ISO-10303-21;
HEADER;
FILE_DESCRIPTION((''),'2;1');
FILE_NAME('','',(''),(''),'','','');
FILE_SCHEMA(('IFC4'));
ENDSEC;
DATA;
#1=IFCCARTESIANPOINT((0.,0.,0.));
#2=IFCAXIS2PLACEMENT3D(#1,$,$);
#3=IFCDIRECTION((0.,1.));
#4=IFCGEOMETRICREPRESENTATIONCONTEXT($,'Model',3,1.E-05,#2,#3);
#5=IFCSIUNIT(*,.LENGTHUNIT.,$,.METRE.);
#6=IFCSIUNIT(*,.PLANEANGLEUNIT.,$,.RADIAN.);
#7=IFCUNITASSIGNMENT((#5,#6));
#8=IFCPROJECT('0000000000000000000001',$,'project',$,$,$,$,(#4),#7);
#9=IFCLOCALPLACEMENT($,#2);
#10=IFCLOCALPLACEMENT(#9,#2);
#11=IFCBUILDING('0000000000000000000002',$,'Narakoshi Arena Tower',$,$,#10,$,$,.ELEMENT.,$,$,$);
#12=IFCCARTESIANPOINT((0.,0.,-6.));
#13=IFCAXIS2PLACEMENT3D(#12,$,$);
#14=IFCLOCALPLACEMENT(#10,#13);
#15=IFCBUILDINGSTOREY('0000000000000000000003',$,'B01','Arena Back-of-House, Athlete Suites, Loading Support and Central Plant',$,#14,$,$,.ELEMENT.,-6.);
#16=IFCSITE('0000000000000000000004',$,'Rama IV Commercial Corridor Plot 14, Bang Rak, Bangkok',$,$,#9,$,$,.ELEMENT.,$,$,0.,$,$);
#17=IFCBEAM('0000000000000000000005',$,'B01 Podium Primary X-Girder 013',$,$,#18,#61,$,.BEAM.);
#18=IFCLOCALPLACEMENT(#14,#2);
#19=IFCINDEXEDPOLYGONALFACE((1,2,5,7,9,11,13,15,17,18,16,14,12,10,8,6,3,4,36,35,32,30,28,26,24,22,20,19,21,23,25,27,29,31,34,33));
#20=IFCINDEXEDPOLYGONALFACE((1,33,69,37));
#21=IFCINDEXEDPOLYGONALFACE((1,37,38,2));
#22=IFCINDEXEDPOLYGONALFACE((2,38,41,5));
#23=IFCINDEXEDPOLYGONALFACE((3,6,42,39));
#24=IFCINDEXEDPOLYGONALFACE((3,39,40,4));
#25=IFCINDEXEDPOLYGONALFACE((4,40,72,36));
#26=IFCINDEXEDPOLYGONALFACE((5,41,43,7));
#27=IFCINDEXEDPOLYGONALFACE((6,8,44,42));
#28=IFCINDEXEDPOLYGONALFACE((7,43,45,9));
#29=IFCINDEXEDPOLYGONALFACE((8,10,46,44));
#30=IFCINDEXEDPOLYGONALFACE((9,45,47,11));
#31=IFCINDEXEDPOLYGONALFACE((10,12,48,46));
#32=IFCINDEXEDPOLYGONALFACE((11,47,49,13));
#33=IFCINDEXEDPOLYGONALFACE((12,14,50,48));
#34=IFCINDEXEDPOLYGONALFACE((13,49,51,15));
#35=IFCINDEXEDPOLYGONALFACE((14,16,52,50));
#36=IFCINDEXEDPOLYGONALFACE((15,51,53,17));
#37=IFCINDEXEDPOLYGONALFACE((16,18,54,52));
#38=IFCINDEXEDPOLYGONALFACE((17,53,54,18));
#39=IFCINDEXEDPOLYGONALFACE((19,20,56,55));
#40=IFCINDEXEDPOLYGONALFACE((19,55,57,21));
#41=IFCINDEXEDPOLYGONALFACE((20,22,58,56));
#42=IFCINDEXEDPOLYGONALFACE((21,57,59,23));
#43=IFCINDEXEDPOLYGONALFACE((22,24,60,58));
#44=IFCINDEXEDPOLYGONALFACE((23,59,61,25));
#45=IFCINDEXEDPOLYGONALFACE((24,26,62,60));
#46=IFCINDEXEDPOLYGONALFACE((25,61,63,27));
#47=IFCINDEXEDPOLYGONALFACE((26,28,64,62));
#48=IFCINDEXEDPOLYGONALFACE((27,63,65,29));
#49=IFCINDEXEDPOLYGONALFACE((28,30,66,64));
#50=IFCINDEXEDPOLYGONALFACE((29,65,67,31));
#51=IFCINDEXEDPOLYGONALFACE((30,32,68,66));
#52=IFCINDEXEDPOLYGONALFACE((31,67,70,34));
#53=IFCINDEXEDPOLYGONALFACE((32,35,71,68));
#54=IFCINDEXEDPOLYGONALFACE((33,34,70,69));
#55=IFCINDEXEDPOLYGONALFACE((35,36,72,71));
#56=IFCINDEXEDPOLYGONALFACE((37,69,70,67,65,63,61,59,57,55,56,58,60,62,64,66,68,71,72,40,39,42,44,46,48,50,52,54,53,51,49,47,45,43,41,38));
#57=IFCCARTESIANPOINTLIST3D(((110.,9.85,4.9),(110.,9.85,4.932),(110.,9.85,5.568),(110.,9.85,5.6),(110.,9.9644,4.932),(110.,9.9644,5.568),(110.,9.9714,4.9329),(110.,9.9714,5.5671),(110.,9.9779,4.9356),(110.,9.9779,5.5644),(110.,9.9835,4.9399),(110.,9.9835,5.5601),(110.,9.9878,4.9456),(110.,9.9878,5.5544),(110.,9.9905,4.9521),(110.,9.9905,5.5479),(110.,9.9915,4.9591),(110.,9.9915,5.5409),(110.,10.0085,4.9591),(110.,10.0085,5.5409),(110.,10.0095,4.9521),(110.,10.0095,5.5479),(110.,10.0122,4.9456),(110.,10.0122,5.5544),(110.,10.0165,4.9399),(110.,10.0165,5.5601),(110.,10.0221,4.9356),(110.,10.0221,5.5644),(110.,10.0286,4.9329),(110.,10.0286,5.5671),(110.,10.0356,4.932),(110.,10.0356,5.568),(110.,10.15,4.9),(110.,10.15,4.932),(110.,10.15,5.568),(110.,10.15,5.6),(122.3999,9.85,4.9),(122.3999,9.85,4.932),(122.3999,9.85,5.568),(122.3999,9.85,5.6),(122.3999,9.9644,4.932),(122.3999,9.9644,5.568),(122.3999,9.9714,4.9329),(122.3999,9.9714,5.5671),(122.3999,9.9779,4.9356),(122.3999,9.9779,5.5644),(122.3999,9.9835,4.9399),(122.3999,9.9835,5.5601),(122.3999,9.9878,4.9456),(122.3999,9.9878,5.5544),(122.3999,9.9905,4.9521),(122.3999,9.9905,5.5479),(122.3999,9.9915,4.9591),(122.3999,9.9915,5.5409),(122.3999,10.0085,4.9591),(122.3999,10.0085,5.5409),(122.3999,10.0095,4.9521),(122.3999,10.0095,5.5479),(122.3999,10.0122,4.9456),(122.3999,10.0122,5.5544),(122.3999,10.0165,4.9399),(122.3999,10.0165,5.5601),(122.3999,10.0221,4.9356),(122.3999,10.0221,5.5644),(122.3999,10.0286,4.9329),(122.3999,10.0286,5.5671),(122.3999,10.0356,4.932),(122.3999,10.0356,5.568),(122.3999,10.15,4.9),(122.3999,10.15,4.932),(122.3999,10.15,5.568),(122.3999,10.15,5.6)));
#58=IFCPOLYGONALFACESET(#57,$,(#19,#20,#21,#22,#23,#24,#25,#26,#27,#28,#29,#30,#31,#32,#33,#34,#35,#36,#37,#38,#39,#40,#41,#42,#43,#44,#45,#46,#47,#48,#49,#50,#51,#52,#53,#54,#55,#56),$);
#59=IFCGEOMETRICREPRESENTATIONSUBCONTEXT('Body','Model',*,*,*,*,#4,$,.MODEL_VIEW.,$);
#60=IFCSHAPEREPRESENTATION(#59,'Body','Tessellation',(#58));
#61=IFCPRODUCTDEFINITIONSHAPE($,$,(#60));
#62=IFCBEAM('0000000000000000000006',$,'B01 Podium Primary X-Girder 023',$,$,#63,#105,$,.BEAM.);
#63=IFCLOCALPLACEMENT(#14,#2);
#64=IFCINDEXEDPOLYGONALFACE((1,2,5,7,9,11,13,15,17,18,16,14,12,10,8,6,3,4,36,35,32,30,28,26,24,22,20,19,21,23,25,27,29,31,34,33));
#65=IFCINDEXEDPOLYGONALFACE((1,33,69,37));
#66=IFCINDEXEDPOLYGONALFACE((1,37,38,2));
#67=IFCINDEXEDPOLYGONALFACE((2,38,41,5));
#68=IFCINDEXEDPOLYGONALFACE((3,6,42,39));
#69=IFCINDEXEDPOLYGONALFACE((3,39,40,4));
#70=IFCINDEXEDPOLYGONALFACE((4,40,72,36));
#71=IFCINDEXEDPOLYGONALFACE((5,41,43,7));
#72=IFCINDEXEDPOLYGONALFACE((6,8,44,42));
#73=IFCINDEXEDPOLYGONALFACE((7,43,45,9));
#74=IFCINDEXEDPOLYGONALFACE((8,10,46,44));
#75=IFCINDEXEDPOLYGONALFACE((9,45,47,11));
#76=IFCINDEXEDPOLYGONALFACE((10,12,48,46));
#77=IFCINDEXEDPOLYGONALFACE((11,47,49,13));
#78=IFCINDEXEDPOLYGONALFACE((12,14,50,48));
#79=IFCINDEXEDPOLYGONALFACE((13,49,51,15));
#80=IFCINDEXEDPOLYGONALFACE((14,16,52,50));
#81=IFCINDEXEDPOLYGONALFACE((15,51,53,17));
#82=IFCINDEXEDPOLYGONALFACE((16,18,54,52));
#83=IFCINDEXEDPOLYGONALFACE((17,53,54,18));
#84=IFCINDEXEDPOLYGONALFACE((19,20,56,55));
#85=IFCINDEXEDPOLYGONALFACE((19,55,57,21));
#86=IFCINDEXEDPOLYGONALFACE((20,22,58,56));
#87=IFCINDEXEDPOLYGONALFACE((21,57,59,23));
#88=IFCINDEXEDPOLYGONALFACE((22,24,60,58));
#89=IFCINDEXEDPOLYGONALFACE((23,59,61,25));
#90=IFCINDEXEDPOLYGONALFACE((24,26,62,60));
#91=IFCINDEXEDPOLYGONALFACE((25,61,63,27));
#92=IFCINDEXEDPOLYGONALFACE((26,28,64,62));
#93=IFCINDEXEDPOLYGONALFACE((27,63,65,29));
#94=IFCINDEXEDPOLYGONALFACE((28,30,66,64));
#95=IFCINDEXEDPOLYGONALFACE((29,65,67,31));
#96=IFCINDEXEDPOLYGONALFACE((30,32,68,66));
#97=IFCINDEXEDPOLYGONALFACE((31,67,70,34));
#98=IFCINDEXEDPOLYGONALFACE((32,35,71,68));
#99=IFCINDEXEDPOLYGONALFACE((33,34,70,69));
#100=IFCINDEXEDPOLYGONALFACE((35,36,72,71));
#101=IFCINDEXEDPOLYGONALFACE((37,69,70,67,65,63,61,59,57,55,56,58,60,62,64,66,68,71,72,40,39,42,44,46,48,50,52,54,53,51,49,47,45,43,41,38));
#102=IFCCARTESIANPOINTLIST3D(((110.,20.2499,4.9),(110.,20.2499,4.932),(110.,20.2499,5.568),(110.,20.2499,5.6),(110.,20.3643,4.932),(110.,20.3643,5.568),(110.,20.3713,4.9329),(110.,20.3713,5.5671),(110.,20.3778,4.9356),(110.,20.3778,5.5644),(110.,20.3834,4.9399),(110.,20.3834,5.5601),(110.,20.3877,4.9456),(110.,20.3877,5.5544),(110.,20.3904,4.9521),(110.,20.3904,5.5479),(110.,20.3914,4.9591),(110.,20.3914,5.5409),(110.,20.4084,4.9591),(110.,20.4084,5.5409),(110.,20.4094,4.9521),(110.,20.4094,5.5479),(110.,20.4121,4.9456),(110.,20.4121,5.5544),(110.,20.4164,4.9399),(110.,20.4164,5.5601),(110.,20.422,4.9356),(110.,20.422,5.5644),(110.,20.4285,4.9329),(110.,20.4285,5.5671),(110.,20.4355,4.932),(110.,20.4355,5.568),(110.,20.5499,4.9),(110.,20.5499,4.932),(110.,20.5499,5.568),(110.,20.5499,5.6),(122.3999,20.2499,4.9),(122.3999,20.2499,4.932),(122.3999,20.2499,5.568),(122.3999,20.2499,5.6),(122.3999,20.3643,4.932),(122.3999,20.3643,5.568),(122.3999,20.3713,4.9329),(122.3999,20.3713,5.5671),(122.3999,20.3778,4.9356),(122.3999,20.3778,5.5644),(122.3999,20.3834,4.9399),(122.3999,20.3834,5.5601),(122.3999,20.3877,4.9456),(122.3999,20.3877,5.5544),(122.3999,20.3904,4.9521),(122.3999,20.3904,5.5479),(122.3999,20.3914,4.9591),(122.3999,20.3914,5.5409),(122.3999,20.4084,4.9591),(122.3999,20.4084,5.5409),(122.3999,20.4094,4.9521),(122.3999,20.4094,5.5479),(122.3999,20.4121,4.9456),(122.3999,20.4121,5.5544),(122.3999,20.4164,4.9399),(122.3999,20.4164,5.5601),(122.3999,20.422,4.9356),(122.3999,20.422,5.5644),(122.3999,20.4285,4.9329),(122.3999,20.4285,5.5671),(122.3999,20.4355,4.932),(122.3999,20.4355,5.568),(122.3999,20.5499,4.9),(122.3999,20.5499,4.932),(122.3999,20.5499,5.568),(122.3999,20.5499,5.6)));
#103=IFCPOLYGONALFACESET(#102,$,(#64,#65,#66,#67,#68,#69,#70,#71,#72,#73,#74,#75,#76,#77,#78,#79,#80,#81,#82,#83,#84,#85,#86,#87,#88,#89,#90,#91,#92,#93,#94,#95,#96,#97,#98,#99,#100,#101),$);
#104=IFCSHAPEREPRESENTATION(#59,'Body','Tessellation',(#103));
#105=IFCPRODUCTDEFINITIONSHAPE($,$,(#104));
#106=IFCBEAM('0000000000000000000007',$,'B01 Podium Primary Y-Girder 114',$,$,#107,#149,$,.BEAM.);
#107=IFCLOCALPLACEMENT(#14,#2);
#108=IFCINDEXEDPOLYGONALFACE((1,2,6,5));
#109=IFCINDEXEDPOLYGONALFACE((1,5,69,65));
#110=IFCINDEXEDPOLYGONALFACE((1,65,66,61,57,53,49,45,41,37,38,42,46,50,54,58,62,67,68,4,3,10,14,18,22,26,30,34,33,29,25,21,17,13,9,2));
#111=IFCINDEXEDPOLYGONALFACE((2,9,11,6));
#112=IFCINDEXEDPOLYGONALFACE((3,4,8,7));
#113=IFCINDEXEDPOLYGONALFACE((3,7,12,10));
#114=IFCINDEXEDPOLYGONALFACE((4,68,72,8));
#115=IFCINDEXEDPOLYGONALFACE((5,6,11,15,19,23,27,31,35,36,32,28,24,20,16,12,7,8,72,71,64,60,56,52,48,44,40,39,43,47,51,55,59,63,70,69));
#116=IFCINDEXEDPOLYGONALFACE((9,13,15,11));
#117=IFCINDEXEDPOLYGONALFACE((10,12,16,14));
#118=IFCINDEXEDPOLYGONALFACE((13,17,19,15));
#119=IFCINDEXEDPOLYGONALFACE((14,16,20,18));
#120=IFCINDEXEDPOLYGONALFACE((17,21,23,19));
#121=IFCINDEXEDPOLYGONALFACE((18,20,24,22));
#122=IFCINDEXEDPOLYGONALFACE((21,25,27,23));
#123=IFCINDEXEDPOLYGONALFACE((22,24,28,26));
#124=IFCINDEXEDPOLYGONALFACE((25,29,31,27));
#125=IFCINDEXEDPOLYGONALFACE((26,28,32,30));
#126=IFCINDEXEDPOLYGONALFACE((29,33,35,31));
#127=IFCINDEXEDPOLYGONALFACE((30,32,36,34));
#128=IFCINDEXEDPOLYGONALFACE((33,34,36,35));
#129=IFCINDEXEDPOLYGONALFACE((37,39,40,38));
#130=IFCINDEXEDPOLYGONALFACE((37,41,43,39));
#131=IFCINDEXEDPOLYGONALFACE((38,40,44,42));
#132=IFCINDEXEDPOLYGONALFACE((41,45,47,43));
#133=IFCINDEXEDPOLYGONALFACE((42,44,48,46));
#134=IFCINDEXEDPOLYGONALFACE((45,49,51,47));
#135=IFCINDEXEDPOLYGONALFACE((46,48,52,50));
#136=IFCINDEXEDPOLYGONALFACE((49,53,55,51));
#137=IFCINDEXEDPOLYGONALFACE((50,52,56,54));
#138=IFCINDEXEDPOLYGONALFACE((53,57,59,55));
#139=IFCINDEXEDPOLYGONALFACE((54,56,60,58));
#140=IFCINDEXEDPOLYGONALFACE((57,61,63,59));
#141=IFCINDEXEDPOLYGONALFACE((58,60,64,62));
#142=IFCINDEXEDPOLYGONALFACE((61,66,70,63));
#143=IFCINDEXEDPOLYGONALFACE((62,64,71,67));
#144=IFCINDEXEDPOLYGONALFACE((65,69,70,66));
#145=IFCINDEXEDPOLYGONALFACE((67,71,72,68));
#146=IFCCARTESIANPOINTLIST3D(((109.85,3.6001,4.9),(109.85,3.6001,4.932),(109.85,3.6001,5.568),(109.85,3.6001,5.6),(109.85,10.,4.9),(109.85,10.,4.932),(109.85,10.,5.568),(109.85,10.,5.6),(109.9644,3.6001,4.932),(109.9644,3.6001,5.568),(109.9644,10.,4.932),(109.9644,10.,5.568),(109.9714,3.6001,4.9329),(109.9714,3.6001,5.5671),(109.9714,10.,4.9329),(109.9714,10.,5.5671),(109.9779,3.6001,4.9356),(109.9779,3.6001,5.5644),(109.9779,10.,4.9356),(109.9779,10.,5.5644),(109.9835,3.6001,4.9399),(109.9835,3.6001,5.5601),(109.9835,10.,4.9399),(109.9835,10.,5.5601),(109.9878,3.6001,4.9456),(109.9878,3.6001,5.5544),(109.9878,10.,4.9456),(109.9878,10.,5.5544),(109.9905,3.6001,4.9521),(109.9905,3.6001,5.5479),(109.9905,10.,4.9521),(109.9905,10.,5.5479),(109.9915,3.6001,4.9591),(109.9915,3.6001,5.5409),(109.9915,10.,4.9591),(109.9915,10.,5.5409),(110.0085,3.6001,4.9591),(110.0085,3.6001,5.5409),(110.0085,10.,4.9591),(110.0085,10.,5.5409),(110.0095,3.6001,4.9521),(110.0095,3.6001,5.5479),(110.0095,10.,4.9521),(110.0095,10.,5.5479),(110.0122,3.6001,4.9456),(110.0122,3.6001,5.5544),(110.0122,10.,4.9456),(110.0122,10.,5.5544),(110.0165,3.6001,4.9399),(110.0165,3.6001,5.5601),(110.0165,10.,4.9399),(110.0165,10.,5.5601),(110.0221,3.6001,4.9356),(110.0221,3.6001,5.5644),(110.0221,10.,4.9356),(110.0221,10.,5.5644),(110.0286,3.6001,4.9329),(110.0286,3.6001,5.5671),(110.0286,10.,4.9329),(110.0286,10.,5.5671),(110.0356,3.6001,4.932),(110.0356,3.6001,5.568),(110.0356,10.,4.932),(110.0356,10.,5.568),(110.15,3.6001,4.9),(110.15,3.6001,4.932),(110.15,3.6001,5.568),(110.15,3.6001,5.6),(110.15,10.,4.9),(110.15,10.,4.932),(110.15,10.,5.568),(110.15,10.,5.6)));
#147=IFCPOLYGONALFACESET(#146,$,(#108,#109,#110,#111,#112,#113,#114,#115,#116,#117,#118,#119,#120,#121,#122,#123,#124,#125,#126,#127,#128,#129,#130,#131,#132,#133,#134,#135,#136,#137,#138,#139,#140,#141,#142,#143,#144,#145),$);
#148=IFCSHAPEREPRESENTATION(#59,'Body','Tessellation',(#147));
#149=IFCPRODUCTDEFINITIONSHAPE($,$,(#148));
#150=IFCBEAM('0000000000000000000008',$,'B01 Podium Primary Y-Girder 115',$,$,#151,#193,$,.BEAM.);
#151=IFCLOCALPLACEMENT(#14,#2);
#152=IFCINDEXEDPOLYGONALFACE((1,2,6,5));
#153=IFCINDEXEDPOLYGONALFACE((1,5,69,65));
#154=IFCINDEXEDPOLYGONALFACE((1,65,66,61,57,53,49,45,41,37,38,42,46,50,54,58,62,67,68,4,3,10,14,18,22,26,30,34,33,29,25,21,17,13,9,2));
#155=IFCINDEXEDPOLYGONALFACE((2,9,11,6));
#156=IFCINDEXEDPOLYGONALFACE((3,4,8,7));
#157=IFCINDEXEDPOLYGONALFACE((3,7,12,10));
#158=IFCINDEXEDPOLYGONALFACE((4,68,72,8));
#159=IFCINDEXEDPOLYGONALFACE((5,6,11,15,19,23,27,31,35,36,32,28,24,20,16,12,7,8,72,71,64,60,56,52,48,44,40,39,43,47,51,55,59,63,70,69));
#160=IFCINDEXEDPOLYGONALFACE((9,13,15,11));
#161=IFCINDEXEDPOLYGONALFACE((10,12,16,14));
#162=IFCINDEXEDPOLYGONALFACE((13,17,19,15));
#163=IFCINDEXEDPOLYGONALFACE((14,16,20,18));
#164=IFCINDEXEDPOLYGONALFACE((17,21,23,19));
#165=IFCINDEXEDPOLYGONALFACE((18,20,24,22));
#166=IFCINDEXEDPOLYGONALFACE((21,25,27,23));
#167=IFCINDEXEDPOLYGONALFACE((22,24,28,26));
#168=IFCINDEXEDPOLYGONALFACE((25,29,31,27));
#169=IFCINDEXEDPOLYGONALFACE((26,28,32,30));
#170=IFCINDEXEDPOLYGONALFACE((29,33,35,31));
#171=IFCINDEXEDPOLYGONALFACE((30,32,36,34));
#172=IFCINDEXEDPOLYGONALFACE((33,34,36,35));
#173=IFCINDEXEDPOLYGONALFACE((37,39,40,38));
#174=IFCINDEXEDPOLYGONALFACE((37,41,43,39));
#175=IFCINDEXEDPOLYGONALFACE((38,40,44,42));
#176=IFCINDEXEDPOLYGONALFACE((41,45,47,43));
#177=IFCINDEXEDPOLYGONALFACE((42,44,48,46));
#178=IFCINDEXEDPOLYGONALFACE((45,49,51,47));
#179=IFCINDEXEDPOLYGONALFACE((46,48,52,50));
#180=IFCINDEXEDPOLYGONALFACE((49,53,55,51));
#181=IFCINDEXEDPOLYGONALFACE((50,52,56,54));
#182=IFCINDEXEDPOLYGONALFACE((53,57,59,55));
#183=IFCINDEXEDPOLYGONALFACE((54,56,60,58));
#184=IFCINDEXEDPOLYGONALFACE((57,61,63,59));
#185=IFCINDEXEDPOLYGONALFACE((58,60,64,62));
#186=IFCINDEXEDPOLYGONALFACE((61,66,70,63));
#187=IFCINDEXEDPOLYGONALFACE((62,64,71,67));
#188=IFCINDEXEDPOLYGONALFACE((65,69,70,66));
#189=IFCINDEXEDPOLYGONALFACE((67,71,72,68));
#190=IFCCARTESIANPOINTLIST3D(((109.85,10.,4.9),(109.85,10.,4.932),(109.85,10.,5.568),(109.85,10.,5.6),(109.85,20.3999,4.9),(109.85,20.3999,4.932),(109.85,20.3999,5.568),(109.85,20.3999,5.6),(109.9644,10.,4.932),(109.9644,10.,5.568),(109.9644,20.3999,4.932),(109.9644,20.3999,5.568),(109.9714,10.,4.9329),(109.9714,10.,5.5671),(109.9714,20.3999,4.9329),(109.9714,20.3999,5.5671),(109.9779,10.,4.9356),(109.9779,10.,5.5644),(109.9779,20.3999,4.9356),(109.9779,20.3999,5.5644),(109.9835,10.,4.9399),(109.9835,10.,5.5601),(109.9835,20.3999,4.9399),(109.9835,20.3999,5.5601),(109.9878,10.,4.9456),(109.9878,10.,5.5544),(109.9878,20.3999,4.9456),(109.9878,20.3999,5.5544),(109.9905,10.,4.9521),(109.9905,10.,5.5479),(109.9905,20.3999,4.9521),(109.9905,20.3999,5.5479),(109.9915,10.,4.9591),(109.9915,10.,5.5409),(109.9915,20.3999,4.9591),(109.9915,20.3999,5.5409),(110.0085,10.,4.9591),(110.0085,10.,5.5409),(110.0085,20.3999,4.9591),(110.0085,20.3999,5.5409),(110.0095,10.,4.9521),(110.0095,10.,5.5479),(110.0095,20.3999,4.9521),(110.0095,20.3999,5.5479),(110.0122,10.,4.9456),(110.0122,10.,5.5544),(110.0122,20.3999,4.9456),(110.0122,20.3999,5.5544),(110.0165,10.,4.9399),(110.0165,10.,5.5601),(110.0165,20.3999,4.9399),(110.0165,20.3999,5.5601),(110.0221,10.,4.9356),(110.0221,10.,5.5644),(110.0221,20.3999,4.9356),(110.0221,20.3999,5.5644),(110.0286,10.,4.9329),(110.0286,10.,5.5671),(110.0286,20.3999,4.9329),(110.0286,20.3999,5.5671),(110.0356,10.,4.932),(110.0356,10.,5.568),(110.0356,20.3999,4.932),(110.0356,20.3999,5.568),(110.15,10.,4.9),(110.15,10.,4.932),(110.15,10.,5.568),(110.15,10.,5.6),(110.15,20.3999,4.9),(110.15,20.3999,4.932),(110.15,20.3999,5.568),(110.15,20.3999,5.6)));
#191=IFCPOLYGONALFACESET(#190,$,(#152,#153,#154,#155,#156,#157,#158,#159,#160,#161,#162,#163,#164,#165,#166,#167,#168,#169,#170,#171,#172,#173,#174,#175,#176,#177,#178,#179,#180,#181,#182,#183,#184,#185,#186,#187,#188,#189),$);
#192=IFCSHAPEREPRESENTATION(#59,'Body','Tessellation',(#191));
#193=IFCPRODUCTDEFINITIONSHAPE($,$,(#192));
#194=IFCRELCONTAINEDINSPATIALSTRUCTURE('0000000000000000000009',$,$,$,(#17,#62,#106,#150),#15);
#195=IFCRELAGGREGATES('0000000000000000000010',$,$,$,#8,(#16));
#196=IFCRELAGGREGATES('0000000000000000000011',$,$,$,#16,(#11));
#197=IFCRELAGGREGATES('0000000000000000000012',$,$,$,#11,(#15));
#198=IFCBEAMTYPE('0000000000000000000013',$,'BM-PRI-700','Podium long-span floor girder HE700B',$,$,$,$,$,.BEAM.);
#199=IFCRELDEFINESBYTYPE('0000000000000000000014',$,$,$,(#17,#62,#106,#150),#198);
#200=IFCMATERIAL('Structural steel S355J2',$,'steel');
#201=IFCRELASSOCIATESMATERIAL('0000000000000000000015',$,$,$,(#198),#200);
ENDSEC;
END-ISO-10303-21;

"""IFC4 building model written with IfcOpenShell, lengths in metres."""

from ifc_helpers import new_model, si_unit, direction, frame, origin, origin_2d, place, context, subcontext, project, spatial, i_section, extrude, material, material_profile, profile_set, type_object, element, save


model = new_model("IFC4")

# Units and contexts
model_context = context("Model", 3, precision=1e-05, world=origin(), true_north=direction((0.0, 1.0)))
body_context = subcontext(model_context, "Body", "Model", "MODEL_VIEW")
ifc_project = project(units=[si_unit("LENGTHUNIT", "METRE"), si_unit("PLANEANGLEUNIT", "RADIAN")], contexts=[model_context])

# Site, building, storey
site_placement = place(None, origin())
site = spatial("IfcSite", under=ifc_project, at=site_placement, Name="Rama IV Commercial Corridor Plot 14, Bang Rak, Bangkok", CompositionType="ELEMENT", RefElevation=0.0)
building_placement = place(site_placement, origin())
building = spatial("IfcBuilding", under=site, at=building_placement, Name="Narakoshi Arena Tower", CompositionType="ELEMENT")
storey_placement = place(building_placement, frame((0.0, 0.0, -6.0)))
storey = spatial("IfcBuildingStorey", under=building, at=storey_placement, Name="B01", Description="Arena Back-of-House, Athlete Suites, Loading Support and Central Plant", CompositionType="ELEMENT", Elevation=-6.0)

# Beams
ifc_material_1 = material(Name="Structural steel S355J2", Category="steel")
ifc_material_profile_1 = material_profile(ifc_material_1, i_section(OverallWidth=0.3, OverallDepth=0.7, WebThickness=0.0171, FlangeThickness=0.032, FilletRadius=0.0271, at=origin_2d()), Name="HE700B")
ifc_profile_set_1 = profile_set([ifc_material_profile_1], Name="Structural steel S355J2")
beam_type_1 = type_object("IfcBeamType", Name="BM-PRI-700", Description="Podium long-span floor girder HE700B", PredefinedType="BEAM", material=ifc_profile_set_1)
for number, where, z_axis, x_axis, name in (
    (1, (110.0, 10.0, 5.25), (1.0, 0.0, 0.0), (0.0, 1.0, 0.0), "B01 Podium Primary X-Girder 013"),
    (2, (110.0, 20.3999, 5.25), (1.0, 0.0, 0.0), (0.0, 1.0, 0.0), "B01 Podium Primary X-Girder 023"),
):
    element("IfcBeam", number, at=place(storey_placement, frame(where, z_axis=z_axis, x_axis=x_axis)), inside=storey, type_object=beam_type_1, Name=name, PredefinedType="BEAM", context=body_context, shape_type="SweptSolid", body=[
        extrude(i_section(OverallWidth=0.3, OverallDepth=0.7, WebThickness=0.0171, FlangeThickness=0.032, FilletRadius=0.0271, at=origin_2d()), origin(), (0.0, 0.0, 1.0), 12.3999),
    ])
beam_1_placement = place(storey_placement, frame((110.0, 3.6001, 5.25), z_axis=(0.0, 1.0, 0.0), x_axis=(-1.0, 0.0, 0.0)))
element("IfcBeam", 3, at=beam_1_placement, inside=storey, type_object=beam_type_1, Name="B01 Podium Primary Y-Girder 114", PredefinedType="BEAM", context=body_context, shape_type="SweptSolid", body=[
    extrude(i_section(OverallWidth=0.3, OverallDepth=0.7, WebThickness=0.0171, FlangeThickness=0.032, FilletRadius=0.0271, at=origin_2d()), origin(), (0.0, 0.0, 1.0), 6.3999),
])
beam_2_placement = place(storey_placement, frame((110.0, 10.0, 5.25), z_axis=(0.0, 1.0, 0.0), x_axis=(-1.0, 0.0, 0.0)))
element("IfcBeam", 4, at=beam_2_placement, inside=storey, type_object=beam_type_1, Name="B01 Podium Primary Y-Girder 115", PredefinedType="BEAM", context=body_context, shape_type="SweptSolid", body=[
    extrude(i_section(OverallWidth=0.3, OverallDepth=0.7, WebThickness=0.0171, FlangeThickness=0.032, FilletRadius=0.0271, at=origin_2d()), origin(), (0.0, 0.0, 1.0), 10.3999),
])

save(model, "model.ifc")
